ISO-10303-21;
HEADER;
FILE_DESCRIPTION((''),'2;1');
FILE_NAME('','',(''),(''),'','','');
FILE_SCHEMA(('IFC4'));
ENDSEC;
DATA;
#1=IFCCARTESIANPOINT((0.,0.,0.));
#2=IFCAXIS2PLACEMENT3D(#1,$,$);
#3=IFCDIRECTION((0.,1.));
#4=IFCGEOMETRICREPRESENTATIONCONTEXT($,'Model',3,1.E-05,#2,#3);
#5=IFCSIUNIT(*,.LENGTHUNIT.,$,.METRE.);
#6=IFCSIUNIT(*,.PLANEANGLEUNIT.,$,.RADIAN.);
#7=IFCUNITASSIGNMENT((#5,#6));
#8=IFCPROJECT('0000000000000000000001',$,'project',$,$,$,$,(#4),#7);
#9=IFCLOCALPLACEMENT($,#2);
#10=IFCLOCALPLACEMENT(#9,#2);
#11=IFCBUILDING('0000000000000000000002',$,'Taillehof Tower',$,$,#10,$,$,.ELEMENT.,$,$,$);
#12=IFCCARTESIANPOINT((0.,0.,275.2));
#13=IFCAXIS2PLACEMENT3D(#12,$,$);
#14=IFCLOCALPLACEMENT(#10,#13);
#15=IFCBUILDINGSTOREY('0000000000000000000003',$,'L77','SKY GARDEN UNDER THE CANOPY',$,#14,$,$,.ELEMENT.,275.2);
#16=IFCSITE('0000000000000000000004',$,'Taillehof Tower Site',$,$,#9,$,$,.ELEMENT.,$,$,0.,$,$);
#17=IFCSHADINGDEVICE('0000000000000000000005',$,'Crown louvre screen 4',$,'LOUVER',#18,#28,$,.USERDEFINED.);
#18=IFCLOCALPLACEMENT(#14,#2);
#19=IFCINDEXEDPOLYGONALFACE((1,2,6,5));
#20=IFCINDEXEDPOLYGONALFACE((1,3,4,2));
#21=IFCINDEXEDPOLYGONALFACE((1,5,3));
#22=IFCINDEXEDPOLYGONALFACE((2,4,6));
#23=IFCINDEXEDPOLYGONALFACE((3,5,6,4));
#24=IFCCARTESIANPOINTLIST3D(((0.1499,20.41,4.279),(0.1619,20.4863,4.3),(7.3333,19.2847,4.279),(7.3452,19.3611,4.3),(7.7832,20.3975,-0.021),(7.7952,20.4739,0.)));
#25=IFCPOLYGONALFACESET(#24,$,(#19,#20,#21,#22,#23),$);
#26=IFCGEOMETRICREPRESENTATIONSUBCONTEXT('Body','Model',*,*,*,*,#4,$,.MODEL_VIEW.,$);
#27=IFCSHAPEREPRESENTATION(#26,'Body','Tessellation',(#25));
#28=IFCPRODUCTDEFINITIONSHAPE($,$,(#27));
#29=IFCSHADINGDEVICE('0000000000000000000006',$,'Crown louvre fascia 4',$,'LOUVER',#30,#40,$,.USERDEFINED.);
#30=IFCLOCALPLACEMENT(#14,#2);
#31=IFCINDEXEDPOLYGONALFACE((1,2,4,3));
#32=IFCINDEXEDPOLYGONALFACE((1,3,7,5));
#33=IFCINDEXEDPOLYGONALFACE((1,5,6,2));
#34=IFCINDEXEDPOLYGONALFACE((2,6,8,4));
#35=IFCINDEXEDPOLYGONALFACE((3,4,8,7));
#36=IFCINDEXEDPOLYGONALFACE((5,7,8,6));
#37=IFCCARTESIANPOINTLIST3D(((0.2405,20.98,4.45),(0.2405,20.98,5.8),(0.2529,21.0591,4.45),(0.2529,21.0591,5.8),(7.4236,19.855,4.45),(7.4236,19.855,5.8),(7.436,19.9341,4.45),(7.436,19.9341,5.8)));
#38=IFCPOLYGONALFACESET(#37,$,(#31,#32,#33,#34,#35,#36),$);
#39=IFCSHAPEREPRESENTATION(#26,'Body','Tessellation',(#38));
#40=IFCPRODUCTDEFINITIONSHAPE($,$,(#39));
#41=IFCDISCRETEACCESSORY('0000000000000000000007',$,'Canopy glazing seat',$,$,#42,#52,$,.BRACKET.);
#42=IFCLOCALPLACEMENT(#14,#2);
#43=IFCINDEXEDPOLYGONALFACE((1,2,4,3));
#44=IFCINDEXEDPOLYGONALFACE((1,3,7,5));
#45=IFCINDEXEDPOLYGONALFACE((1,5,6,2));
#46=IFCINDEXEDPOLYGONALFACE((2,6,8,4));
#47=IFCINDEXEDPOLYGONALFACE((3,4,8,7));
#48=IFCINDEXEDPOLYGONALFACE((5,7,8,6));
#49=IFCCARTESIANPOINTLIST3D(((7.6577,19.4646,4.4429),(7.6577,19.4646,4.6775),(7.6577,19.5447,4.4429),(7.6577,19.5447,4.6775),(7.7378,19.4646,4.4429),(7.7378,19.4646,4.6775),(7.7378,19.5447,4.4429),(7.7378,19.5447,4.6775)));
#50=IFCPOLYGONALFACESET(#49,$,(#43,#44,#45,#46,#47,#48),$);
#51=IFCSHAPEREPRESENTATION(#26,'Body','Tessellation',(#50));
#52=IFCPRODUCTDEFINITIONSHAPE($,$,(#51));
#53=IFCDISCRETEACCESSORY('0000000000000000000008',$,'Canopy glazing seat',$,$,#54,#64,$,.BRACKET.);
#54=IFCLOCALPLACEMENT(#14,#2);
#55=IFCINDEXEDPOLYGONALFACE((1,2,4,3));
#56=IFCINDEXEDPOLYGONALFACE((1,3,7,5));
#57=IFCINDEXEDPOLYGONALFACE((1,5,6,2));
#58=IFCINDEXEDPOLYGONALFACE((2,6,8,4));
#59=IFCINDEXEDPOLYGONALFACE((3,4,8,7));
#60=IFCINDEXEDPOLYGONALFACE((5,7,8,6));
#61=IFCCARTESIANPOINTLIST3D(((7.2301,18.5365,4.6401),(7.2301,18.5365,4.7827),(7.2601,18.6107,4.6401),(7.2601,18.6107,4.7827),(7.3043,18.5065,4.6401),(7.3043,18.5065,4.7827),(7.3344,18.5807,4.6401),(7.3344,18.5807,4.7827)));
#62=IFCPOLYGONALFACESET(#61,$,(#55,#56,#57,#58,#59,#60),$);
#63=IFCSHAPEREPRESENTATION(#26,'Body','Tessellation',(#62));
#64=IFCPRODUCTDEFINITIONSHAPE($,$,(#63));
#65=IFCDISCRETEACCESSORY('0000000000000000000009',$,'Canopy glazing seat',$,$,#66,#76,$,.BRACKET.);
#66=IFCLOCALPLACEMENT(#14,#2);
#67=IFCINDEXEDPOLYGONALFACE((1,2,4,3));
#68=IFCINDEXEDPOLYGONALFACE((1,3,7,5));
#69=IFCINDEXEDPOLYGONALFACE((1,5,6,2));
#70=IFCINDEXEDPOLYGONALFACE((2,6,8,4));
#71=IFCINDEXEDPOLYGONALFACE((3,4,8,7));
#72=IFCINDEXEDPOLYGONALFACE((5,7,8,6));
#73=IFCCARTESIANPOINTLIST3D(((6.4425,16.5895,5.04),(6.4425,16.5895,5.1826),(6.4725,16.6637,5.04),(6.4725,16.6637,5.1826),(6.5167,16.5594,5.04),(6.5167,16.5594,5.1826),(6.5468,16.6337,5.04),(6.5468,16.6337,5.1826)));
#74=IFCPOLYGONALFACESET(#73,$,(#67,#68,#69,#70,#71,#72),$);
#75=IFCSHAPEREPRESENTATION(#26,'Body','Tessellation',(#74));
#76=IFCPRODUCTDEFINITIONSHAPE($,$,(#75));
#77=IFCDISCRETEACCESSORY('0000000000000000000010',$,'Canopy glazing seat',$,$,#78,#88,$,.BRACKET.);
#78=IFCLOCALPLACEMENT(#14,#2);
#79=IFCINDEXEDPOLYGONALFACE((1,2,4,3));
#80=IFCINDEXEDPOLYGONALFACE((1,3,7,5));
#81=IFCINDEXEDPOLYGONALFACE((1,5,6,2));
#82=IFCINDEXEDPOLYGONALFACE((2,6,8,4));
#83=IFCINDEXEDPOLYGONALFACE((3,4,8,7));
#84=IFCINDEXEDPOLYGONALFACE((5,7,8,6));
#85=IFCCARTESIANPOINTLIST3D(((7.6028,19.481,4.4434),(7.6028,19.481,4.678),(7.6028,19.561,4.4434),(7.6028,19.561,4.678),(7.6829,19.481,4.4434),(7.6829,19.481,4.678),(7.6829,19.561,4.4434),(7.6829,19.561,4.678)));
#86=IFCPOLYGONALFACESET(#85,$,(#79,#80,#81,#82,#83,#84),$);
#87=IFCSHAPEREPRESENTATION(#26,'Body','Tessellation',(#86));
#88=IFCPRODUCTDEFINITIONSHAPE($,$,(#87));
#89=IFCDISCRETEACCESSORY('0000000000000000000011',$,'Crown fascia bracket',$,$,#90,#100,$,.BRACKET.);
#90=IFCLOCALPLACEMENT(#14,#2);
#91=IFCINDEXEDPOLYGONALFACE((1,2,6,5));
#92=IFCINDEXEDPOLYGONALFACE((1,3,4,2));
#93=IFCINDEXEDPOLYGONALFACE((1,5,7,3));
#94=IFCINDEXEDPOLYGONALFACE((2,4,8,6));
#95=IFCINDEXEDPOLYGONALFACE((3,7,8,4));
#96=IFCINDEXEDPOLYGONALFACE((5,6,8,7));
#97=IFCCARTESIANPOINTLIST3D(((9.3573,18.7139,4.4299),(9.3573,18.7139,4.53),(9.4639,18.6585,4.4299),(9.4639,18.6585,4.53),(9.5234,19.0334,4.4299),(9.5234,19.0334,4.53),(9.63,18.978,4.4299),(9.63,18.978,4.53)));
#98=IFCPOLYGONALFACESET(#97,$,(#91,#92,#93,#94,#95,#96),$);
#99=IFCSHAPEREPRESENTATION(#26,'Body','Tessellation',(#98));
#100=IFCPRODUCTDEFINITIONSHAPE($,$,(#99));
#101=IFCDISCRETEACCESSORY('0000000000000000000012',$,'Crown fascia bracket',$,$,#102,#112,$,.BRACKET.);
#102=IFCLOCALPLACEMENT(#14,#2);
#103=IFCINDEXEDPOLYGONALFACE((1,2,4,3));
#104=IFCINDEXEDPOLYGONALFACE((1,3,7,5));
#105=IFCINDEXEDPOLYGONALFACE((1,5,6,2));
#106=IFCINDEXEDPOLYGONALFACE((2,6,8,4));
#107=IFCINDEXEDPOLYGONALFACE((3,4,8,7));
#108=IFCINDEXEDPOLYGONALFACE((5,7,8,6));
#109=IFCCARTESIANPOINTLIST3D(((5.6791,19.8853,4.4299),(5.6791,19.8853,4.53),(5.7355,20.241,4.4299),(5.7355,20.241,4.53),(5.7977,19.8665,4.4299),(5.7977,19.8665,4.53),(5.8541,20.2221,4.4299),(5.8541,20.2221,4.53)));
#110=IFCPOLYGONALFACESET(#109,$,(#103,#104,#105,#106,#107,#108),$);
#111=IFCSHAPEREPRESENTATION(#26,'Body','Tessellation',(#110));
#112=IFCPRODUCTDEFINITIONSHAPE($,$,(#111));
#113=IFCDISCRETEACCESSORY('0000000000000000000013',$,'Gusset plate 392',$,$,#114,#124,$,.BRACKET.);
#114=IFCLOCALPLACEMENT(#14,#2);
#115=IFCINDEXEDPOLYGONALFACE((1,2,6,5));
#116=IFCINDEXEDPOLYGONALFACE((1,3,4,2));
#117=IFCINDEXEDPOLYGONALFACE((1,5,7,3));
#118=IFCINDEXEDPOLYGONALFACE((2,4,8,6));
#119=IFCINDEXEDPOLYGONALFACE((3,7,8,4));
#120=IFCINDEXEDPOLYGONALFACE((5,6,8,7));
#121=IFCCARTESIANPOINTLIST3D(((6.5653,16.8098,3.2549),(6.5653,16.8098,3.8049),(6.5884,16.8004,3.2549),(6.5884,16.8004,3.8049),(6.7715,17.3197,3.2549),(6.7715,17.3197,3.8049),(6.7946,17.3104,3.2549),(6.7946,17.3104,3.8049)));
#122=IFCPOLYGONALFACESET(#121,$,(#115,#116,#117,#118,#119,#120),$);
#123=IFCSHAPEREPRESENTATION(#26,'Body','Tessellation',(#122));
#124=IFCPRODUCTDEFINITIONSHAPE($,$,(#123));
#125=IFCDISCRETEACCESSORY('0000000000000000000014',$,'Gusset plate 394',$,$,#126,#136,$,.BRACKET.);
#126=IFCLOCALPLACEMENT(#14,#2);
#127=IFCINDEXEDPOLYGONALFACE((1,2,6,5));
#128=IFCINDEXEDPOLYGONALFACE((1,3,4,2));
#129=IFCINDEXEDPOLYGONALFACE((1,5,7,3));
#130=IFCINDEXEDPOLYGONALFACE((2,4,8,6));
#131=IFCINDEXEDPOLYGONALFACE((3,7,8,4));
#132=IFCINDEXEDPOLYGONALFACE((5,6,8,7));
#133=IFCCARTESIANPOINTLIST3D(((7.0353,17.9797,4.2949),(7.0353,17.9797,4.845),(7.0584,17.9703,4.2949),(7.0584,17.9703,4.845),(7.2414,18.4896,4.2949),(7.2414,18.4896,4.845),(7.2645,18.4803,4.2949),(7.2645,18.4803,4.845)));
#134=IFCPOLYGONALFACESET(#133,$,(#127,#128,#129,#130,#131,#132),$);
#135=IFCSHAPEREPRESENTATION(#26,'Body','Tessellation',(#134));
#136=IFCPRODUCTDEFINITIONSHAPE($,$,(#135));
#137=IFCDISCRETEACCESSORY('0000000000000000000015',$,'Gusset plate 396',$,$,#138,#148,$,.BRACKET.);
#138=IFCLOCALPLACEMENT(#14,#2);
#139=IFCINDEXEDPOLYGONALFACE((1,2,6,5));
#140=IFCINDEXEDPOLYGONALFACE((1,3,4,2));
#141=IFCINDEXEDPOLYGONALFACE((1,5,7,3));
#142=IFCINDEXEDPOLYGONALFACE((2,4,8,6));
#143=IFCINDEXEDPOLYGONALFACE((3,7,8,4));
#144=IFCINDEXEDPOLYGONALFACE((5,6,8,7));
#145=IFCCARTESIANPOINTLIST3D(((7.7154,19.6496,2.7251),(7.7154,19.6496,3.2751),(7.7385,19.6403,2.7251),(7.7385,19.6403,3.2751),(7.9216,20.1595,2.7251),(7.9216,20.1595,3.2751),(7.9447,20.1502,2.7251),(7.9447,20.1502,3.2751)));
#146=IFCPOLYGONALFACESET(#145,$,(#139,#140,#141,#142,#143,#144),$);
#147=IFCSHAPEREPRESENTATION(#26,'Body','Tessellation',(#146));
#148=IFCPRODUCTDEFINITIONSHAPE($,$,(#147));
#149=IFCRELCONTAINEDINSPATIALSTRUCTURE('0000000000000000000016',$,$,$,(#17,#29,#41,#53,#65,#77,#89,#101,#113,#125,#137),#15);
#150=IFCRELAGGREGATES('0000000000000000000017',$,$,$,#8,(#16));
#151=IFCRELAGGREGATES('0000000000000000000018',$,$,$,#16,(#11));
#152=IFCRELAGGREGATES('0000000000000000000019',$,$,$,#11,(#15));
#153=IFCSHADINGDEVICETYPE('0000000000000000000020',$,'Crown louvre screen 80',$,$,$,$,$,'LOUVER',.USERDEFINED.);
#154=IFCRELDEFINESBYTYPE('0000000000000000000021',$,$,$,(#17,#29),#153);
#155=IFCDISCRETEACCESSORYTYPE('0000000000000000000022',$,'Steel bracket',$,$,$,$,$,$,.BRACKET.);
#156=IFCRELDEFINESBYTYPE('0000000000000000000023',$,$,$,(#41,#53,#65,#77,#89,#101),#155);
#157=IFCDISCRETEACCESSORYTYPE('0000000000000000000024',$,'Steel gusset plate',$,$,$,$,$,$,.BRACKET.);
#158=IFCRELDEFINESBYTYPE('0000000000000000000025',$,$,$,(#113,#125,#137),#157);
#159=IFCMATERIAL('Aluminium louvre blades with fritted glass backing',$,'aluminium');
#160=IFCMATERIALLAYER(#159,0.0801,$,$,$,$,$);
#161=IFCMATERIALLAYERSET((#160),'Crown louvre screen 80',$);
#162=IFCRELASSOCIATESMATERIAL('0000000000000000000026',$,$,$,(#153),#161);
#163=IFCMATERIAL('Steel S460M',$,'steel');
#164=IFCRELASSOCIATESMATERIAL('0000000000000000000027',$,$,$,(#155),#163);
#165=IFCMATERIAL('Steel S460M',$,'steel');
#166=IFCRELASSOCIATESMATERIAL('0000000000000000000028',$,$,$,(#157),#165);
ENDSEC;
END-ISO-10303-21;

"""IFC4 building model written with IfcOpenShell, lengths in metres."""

from ifc_helpers import new_model, si_unit, direction, frame, origin, origin_2d, place, context, subcontext, project, spatial, polyline, rectangle, outline, extrude, material, layer, layer_set, type_object, element, save


model = new_model("IFC4")

# Units and contexts
model_context = context("Model", 3, precision=1e-05, world=origin(), true_north=direction((0.0, 1.0)))
body_context = subcontext(model_context, "Body", "Model", "MODEL_VIEW")
ifc_project = project(units=[si_unit("LENGTHUNIT", "METRE"), si_unit("PLANEANGLEUNIT", "RADIAN")], contexts=[model_context])

# Site, building, storey
site_placement = place(None, origin())
site = spatial("IfcSite", under=ifc_project, at=site_placement, Name="Taillehof Tower Site", CompositionType="ELEMENT", RefElevation=0.0)
building_placement = place(site_placement, origin())
building = spatial("IfcBuilding", under=site, at=building_placement, Name="Taillehof Tower", CompositionType="ELEMENT")
storey_placement = place(building_placement, frame((0.0, 0.0, 275.2)))
storey = spatial("IfcBuildingStorey", under=building, at=storey_placement, Name="L77", Description="SKY GARDEN UNDER THE CANOPY", CompositionType="ELEMENT", Elevation=275.2)

# Shading devices
ifc_material_1 = material(Name="Aluminium louvre blades with fritted glass backing", Category="aluminium")
ifc_layer_1 = layer(ifc_material_1, 0.0801)
ifc_layer_set_1 = layer_set([ifc_layer_1], Name="Crown louvre screen 80")
shading_device_type = type_object("IfcShadingDeviceType", Name="Crown louvre screen 80", ElementType="LOUVER", PredefinedType="USERDEFINED", material=ifc_layer_set_1)
shading_device_1_placement = place(storey_placement, frame((7.7952, 20.4739, 0.0), z_axis=(0.149339, 0.95335, 0.26234), x_axis=(-0.871266, 0.001421, 0.490808)))
element("IfcShadingDevice", 1, at=shading_device_1_placement, inside=storey, type_object=shading_device_type, Name="Crown louvre screen 4", ObjectType="LOUVER", PredefinedType="USERDEFINED", context=body_context, shape_type="SweptSolid", body=[
    extrude(outline(polyline([(0.0, 0.0), (8.7612, 0.0), (2.5009, 3.6982), (0.0, 0.0)])), origin(), (0.0, 0.0, -1.0), 0.0801),
])
shading_device_2_placement = place(storey_placement, frame((7.436, 19.9341, 4.45), z_axis=(0.154731, 0.987957, 0.0), x_axis=(-0.987957, 0.154731, 0.0)))
element("IfcShadingDevice", 2, at=shading_device_2_placement, inside=storey, type_object=shading_device_type, Name="Crown louvre fascia 4", ObjectType="LOUVER", PredefinedType="USERDEFINED", context=body_context, shape_type="SweptSolid", body=[
    extrude(outline(polyline([(0.0, 0.0), (7.2707, 0.0), (7.2707, 1.3501), (0.0, 1.3501), (0.0, 0.0)])), origin(), (0.0, 0.0, -1.0), 0.0801),
])

# Discrete accessories
ifc_material_2 = material(Name="Steel S460M", Category="steel")
discrete_accessory_type_1 = type_object("IfcDiscreteAccessoryType", Name="Steel bracket", PredefinedType="BRACKET", material=ifc_material_2)
discrete_accessory_1_placement = place(storey_placement, frame((7.6978, 19.5046, 4.4429), z_axis=(0.0, 0.0, 1.0), x_axis=(1.0, 0.0, 0.0)))
element("IfcDiscreteAccessory", 3, at=discrete_accessory_1_placement, inside=storey, type_object=discrete_accessory_type_1, Name="Canopy glazing seat", PredefinedType="BRACKET", context=body_context, shape_type="SweptSolid", body=[
    extrude(rectangle(XDim=0.0801, YDim=0.0801, at=origin_2d()), origin(), (0.0, 0.0, 1.0), 0.2346),
])
for number, where, z_axis, x_axis, name in (
    (4, (7.2822, 18.5586, 4.6401), (0.0, 0.0, 1.0), (-0.374959, -0.927041, 0.0), "Canopy glazing seat"),
    (5, (6.4946, 16.6116, 5.04), (0.0, 0.0, 1.0), (-0.374959, -0.927041, 0.0), "Canopy glazing seat"),
):
    element("IfcDiscreteAccessory", number, at=place(storey_placement, frame(where, z_axis=z_axis, x_axis=x_axis)), inside=storey, type_object=discrete_accessory_type_1, Name=name, PredefinedType="BRACKET", context=body_context, shape_type="SweptSolid", body=[
        extrude(rectangle(XDim=0.0801, YDim=0.0801, at=origin_2d()), origin(), (0.0, 0.0, 1.0), 0.1426),
    ])
discrete_accessory_2_placement = place(storey_placement, frame((7.6428, 19.521, 4.4434), z_axis=(0.0, 0.0, 1.0), x_axis=(1.0, 0.0, 0.0)))
element("IfcDiscreteAccessory", 6, at=discrete_accessory_2_placement, inside=storey, type_object=discrete_accessory_type_1, Name="Canopy glazing seat", PredefinedType="BRACKET", context=body_context, shape_type="SweptSolid", body=[
    extrude(rectangle(XDim=0.0801, YDim=0.0801, at=origin_2d()), origin(), (0.0, 0.0, 1.0), 0.2346),
])
for number, where, z_axis, x_axis, name in (
    (7, (9.4937, 18.8459, 4.4299), (0.0, 0.0, 1.0), (0.461145, 0.887325, 0.0), "Crown fascia bracket"),
    (8, (5.7666, 20.0537, 4.4299), (0.0, 0.0, 1.0), (0.156802, 0.98763, 0.0), "Crown fascia bracket"),
):
    element("IfcDiscreteAccessory", number, at=place(storey_placement, frame(where, z_axis=z_axis, x_axis=x_axis)), inside=storey, type_object=discrete_accessory_type_1, Name=name, PredefinedType="BRACKET", context=body_context, shape_type="SweptSolid", body=[
        extrude(rectangle(XDim=0.3601, YDim=0.1201, at=origin_2d()), origin(), (0.0, 0.0, 1.0), 0.1001),
    ])
ifc_material_3 = material(Name="Steel S460M", Category="steel")
discrete_accessory_type_2 = type_object("IfcDiscreteAccessoryType", Name="Steel gusset plate", PredefinedType="BRACKET", material=ifc_material_3)
for number, where, z_axis, x_axis, name in (
    (9, (6.6799, 17.0601, 3.2549), (0.0, 0.0, 1.0), (-0.374836, -0.927091, 0.0), "Gusset plate 392"),
    (10, (7.1499, 18.23, 4.2949), (0.0, 0.0, 1.0), (-0.37484, -0.92709, 0.0), "Gusset plate 394"),
    (11, (7.8301, 19.8999, 2.7251), (0.0, 0.0, 1.0), (-0.37484, -0.92709, 0.0), "Gusset plate 396"),
):
    element("IfcDiscreteAccessory", number, at=place(storey_placement, frame(where, z_axis=z_axis, x_axis=x_axis)), inside=storey, type_object=discrete_accessory_type_2, Name=name, PredefinedType="BRACKET", context=body_context, shape_type="SweptSolid", body=[
        extrude(rectangle(XDim=0.55, YDim=0.0249, at=origin_2d()), origin(), (0.0, 0.0, 1.0), 0.55),
    ])

save(model, "model.ifc")
